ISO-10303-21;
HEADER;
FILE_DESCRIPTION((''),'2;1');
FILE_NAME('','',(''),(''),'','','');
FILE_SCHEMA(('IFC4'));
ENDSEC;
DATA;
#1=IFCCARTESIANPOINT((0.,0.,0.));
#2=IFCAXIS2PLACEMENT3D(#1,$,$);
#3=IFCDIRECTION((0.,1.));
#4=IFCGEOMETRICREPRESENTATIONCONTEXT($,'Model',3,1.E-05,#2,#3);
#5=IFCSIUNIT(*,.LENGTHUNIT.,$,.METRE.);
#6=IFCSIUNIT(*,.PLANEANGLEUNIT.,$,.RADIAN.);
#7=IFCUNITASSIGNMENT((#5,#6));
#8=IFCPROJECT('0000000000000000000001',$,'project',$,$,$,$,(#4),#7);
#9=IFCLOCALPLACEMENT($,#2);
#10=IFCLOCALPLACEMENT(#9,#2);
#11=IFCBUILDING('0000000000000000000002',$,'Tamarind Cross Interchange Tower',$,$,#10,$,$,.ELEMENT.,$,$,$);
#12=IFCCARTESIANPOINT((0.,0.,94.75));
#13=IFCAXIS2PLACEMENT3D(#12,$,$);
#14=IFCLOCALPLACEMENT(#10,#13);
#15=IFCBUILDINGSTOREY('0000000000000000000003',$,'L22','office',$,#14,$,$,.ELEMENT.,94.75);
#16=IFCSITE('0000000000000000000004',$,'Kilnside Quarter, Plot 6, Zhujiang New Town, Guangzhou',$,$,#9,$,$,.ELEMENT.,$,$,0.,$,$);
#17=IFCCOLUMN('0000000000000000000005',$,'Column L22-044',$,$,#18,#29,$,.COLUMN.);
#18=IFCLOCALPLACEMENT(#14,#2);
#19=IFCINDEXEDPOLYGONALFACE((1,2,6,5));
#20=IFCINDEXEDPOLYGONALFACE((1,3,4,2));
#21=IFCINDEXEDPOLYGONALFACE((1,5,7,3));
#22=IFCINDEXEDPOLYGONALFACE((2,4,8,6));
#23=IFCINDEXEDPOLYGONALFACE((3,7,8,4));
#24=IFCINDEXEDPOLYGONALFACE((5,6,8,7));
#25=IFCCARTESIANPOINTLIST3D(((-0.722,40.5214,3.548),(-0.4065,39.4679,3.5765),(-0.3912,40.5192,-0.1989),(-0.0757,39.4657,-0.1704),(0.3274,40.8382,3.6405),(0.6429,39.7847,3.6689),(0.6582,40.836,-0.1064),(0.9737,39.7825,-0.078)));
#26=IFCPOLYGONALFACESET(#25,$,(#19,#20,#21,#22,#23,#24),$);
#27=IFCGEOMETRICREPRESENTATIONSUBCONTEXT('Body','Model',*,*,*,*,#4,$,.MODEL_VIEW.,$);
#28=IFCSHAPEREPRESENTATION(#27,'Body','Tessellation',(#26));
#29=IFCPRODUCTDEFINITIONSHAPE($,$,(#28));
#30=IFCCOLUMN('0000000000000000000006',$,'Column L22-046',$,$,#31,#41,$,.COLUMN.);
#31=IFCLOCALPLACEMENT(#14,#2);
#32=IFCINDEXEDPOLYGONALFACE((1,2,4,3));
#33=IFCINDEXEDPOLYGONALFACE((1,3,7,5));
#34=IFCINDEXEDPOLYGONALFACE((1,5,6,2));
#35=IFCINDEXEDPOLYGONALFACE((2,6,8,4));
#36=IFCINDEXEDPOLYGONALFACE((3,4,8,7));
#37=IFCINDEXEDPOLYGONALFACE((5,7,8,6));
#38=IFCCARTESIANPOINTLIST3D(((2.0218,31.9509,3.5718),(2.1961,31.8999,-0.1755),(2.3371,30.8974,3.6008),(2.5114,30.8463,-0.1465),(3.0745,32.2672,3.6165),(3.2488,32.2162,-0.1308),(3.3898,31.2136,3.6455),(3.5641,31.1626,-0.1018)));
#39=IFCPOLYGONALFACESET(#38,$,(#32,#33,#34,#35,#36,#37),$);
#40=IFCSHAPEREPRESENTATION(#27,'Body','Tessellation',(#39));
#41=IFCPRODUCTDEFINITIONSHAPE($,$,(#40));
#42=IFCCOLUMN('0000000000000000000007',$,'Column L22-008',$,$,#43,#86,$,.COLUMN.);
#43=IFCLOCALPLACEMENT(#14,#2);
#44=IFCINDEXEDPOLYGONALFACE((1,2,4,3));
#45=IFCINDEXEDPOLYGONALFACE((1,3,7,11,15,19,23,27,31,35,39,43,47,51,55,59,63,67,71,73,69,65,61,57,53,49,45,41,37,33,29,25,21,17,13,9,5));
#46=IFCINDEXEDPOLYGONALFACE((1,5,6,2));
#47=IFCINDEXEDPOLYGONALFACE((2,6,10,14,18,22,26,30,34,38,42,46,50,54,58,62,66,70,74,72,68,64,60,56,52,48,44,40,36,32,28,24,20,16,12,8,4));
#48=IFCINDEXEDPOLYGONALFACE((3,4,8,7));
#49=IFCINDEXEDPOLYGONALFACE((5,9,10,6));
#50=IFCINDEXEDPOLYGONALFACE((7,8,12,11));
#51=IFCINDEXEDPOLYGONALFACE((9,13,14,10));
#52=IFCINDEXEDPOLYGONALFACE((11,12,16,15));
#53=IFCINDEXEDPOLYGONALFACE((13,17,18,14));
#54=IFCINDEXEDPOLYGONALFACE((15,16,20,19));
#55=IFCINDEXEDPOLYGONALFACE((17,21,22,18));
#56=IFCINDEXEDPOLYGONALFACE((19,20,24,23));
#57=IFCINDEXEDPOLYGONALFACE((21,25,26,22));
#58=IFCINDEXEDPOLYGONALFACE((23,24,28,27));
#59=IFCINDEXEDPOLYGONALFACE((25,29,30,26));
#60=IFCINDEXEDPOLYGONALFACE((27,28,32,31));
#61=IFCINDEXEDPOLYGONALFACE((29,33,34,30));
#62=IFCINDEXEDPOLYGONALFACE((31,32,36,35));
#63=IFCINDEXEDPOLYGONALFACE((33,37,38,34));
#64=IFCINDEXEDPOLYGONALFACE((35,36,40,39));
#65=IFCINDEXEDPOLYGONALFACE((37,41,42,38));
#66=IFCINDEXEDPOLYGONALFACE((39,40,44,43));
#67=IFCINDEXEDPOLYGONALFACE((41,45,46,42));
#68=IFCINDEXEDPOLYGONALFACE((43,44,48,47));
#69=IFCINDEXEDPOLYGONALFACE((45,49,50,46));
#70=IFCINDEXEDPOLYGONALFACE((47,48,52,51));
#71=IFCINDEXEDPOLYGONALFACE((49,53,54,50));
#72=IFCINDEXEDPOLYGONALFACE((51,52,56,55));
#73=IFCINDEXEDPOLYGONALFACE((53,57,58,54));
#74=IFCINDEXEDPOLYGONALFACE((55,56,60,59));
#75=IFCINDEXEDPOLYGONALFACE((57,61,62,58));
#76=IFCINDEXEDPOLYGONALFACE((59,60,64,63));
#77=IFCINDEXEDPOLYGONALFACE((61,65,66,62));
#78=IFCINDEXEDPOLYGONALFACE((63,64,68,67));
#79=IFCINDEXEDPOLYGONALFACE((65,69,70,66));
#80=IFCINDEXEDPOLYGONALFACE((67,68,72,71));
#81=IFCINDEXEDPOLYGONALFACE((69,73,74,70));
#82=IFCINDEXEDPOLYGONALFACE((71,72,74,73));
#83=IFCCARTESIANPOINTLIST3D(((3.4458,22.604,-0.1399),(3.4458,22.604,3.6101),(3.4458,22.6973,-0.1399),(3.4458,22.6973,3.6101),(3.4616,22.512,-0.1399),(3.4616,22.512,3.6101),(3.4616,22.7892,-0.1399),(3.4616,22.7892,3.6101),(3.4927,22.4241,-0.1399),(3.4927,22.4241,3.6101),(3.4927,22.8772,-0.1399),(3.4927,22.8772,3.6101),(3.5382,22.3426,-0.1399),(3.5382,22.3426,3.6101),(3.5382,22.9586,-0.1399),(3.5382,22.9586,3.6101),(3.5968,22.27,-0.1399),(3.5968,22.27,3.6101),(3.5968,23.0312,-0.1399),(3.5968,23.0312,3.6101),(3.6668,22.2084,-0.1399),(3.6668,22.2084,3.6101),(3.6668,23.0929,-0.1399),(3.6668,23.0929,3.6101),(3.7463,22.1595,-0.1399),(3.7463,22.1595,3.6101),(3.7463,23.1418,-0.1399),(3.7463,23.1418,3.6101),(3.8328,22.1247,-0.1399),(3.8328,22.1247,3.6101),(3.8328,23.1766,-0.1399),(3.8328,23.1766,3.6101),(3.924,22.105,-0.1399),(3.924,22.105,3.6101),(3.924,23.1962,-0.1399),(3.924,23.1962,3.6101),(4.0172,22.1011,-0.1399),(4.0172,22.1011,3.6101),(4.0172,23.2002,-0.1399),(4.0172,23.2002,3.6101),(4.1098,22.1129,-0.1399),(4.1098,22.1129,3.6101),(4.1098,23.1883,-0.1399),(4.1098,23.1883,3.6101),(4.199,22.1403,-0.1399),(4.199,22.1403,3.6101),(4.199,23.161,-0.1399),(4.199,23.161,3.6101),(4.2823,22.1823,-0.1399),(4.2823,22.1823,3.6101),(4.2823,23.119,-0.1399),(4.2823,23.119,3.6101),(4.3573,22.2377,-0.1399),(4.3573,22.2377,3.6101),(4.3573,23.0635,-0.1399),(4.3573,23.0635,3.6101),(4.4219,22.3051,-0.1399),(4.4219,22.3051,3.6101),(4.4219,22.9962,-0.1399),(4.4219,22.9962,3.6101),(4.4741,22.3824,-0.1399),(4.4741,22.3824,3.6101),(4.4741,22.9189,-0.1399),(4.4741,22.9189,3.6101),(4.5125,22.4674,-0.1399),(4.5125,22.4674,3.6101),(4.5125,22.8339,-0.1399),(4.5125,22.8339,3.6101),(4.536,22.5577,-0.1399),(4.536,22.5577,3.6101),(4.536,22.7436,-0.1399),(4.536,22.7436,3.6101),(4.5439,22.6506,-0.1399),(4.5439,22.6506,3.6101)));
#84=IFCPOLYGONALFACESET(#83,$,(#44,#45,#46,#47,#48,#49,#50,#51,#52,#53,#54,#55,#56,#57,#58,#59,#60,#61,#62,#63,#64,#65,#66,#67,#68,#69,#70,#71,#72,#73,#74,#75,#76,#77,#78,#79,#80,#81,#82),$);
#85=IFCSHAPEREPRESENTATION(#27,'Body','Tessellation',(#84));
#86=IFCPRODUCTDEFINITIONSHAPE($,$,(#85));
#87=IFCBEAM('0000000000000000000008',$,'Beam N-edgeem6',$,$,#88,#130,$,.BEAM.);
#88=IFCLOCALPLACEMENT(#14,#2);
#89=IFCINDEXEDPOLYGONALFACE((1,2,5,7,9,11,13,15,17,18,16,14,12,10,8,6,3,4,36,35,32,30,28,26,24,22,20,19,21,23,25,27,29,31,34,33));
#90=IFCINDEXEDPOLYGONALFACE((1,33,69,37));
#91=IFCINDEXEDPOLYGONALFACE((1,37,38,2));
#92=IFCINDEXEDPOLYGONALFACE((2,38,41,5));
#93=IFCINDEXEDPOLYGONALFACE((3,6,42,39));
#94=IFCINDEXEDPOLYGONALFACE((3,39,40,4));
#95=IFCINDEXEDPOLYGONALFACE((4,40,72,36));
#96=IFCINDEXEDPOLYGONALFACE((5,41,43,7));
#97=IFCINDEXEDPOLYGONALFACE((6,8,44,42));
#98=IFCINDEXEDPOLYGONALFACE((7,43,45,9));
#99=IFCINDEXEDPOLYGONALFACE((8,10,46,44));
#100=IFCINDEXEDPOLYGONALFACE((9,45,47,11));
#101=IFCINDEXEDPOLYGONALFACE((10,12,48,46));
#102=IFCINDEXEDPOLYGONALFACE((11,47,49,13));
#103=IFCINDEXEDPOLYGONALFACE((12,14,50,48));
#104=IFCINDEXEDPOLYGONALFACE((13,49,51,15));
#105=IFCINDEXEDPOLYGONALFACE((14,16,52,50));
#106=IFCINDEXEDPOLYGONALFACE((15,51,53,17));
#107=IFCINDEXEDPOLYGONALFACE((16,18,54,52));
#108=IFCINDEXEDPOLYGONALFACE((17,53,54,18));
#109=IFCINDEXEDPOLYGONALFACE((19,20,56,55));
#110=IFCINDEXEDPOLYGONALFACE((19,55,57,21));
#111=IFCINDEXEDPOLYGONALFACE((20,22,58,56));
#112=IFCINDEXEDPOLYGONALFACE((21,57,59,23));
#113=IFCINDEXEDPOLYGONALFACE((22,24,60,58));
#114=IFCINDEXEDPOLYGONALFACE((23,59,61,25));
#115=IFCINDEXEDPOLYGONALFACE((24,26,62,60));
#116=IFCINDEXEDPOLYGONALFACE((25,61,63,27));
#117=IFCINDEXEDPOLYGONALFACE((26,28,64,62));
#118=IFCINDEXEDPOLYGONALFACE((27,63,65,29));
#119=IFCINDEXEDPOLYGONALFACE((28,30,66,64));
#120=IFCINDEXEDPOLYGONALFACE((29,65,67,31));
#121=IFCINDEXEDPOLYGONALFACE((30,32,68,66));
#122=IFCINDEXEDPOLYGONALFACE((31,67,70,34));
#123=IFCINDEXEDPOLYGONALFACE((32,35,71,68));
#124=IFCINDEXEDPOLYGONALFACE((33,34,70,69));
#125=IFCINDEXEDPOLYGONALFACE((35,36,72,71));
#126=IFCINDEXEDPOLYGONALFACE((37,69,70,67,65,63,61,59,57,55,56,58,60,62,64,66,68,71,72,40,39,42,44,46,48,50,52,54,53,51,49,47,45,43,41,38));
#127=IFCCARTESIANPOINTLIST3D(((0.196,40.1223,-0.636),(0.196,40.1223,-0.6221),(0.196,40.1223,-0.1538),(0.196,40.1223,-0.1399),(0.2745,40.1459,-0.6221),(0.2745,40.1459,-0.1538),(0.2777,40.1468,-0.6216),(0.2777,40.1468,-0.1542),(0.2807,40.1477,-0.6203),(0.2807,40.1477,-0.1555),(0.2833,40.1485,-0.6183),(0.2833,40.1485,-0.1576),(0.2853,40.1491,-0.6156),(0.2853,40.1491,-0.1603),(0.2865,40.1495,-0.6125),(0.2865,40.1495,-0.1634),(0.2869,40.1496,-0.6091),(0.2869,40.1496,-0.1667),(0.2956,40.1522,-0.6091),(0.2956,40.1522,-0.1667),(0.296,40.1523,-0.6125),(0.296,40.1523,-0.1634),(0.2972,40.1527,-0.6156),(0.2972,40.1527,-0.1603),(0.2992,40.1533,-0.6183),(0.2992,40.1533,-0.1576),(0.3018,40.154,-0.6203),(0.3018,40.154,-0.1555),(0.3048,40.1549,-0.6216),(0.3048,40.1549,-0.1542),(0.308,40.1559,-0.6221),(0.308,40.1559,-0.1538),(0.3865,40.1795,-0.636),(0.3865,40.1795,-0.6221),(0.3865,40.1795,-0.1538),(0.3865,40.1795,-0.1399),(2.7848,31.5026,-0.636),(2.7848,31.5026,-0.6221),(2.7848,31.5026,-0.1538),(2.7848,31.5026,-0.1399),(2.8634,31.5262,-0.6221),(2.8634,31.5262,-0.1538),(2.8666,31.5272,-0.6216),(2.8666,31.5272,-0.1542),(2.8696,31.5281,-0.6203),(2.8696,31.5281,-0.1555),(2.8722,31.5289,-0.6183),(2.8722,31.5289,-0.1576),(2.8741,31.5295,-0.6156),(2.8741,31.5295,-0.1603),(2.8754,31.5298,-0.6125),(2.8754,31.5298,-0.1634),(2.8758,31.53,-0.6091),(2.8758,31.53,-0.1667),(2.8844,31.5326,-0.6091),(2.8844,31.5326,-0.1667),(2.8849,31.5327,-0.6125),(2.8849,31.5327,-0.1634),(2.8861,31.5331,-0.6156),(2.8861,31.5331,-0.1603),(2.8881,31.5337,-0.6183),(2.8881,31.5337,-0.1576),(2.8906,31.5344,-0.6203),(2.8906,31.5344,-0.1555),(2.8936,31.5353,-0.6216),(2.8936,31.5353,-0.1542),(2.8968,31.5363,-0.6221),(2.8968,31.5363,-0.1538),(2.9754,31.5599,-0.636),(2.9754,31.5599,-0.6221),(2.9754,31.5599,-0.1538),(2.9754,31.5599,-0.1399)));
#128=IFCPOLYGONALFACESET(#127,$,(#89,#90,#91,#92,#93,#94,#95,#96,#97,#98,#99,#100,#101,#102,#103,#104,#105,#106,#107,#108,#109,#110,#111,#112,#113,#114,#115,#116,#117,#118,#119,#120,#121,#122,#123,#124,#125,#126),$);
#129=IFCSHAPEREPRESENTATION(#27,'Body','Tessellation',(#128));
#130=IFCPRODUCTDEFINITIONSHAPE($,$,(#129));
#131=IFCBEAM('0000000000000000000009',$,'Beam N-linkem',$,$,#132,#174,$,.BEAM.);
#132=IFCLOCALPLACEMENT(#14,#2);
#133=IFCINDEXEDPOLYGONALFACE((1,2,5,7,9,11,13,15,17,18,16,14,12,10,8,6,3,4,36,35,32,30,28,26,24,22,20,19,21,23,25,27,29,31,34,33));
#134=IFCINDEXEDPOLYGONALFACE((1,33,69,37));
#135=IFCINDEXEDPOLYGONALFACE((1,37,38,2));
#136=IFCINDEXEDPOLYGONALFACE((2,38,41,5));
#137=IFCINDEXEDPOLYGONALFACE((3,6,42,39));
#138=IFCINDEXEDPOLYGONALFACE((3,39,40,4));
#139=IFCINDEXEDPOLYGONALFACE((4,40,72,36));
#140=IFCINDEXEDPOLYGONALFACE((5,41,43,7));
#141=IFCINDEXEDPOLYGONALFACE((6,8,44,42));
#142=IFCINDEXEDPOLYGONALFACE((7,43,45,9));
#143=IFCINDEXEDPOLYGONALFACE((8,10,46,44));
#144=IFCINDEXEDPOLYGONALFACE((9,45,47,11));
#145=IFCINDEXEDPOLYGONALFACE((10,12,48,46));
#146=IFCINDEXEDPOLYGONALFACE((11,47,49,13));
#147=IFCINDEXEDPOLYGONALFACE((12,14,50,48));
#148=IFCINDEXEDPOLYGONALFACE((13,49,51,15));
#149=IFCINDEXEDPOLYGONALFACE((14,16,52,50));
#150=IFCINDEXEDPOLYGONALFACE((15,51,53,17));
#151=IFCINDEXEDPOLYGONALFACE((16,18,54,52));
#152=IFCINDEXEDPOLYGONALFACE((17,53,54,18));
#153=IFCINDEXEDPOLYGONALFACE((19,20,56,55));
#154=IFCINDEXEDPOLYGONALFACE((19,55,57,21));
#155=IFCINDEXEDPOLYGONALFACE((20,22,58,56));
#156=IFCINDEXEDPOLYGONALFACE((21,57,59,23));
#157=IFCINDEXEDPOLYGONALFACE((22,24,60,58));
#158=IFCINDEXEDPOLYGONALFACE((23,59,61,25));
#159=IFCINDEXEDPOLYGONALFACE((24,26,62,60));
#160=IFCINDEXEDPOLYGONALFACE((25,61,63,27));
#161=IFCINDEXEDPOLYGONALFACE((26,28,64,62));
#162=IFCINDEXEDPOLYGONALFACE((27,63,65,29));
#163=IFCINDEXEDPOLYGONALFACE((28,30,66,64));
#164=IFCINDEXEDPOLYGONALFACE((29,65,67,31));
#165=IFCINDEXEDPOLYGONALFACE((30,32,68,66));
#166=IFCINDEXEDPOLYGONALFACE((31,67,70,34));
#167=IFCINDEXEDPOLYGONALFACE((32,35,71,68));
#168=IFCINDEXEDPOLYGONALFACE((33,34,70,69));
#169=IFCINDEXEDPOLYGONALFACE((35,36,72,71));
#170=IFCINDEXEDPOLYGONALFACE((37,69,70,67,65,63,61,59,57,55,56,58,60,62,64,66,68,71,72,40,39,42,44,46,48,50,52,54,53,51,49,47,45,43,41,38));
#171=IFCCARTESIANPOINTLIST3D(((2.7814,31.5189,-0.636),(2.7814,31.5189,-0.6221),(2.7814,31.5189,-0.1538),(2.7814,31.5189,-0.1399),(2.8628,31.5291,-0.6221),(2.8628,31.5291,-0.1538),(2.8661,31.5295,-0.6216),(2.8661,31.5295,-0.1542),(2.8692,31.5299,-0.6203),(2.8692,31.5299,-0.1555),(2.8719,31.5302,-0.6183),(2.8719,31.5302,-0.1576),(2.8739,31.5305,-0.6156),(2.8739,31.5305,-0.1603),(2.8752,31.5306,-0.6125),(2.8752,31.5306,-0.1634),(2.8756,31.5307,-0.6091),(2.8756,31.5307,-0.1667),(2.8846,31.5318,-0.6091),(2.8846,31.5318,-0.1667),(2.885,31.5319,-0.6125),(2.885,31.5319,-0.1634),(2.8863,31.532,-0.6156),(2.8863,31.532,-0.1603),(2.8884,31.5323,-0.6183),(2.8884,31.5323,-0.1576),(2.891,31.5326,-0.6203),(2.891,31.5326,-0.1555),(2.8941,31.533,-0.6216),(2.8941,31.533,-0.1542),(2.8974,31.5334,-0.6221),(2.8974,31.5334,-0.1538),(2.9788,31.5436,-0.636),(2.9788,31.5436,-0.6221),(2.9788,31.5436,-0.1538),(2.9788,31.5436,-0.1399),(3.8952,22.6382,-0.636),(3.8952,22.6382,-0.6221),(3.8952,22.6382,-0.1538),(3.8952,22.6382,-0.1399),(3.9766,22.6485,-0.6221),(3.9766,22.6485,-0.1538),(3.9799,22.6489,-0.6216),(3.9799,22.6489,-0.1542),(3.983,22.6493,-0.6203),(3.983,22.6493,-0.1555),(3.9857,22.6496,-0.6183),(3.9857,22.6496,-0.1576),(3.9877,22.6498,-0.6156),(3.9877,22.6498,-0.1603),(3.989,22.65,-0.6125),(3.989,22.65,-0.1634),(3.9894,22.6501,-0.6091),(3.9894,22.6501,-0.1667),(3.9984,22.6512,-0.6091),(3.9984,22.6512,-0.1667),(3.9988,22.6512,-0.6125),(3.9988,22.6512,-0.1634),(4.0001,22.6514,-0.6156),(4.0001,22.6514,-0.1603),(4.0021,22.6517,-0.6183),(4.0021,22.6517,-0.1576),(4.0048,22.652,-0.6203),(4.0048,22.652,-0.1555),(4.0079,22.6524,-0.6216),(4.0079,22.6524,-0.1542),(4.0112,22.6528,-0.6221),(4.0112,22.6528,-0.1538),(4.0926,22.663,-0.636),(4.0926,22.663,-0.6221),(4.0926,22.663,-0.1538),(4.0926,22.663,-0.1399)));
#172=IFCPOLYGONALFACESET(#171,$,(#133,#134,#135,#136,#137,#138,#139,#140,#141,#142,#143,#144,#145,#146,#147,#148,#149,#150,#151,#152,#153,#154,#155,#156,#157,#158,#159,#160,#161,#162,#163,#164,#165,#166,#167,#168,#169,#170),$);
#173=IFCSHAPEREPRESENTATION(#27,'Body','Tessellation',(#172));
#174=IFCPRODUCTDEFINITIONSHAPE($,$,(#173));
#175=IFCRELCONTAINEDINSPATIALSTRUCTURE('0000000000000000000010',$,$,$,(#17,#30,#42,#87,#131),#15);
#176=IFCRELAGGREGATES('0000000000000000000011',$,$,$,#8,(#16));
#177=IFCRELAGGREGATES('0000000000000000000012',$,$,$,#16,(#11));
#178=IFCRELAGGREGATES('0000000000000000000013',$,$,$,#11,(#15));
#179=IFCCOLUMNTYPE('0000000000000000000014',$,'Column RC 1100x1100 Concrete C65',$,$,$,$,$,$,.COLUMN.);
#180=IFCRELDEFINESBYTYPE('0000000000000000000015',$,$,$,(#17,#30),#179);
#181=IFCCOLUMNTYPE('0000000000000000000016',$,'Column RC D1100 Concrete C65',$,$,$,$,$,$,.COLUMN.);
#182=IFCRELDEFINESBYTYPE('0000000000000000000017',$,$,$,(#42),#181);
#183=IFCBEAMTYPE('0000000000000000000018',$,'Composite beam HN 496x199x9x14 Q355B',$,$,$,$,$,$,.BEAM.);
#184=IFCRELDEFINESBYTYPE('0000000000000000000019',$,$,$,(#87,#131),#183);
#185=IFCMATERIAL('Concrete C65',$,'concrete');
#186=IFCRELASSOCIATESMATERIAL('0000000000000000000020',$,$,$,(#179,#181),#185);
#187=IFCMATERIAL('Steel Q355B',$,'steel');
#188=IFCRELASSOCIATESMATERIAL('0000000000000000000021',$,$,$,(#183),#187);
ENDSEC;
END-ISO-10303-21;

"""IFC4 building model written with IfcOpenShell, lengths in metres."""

from ifc_helpers import new_model, si_unit, direction, frame, origin, origin_2d, place, context, subcontext, project, spatial, rectangle, circle, i_section, extrude, material, material_profile, profile_set, type_object, element, save


model = new_model("IFC4")

# Units and contexts
model_context = context("Model", 3, precision=1e-05, world=origin(), true_north=direction((0.0, 1.0)))
body_context = subcontext(model_context, "Body", "Model", "MODEL_VIEW")
ifc_project = project(units=[si_unit("LENGTHUNIT", "METRE"), si_unit("PLANEANGLEUNIT", "RADIAN")], contexts=[model_context])

# Site, building, storey
site_placement = place(None, origin())
site = spatial("IfcSite", under=ifc_project, at=site_placement, Name="Kilnside Quarter, Plot 6, Zhujiang New Town, Guangzhou", CompositionType="ELEMENT", RefElevation=0.0)
building_placement = place(site_placement, origin())
building = spatial("IfcBuilding", under=site, at=building_placement, Name="Tamarind Cross Interchange Tower", CompositionType="ELEMENT")
storey_placement = place(building_placement, frame((0.0, 0.0, 94.75)))
storey = spatial("IfcBuildingStorey", under=building, at=storey_placement, Name="L22", Description="office", CompositionType="ELEMENT", Elevation=94.75)

# Columns
ifc_material_1 = material(Name="Concrete C65", Category="concrete")
ifc_material_profile_1 = material_profile(ifc_material_1, rectangle(XDim=1.1001, YDim=1.1001, at=origin_2d()), Name="RC 1100x1100")
ifc_profile_set_1 = profile_set([ifc_material_profile_1], Name="Concrete C65")
column_type_1 = type_object("IfcColumnType", Name="Column RC 1100x1100 Concrete C65", PredefinedType="COLUMN", material=ifc_profile_set_1)
column_1_placement = place(storey_placement, frame((0.2913, 40.1509, -0.1384), z_axis=(-0.087949, 0.000584, 0.996125), x_axis=(0.28678, -0.957647, 0.025882)))
element("IfcColumn", 1, at=column_1_placement, inside=storey, type_object=column_type_1, Name="Column L22-044", PredefinedType="COLUMN", context=body_context, shape_type="SweptSolid", body=[
    extrude(rectangle(XDim=1.1001, YDim=1.1001, at=origin_2d()), origin(), (0.0, 0.0, 1.0), 3.7615),
])
column_2_placement = place(storey_placement, frame((2.8801, 31.5312, -0.1387), z_axis=(-0.046463, 0.013601, 0.998827), x_axis=(0.286621, -0.957681, 0.026373)))
element("IfcColumn", 2, at=column_2_placement, inside=storey, type_object=column_type_1, Name="Column L22-046", PredefinedType="COLUMN", context=body_context, shape_type="SweptSolid", body=[
    extrude(rectangle(XDim=1.1001, YDim=1.1001, at=origin_2d()), origin(), (0.0, 0.0, 1.0), 3.7517),
])
ifc_material_profile_2 = material_profile(ifc_material_1, circle(Radius=0.55, at=origin_2d()), Name="RC D1100")
ifc_profile_set_2 = profile_set([ifc_material_profile_2], Name="Concrete C65")
column_type_2 = type_object("IfcColumnType", Name="Column RC D1100 Concrete C65", PredefinedType="COLUMN", material=ifc_profile_set_2)
column_3_placement = place(storey_placement, frame((3.9939, 22.6506, -0.1399), z_axis=(0.0, 0.0, 1.0), x_axis=(1.0, 0.0, 0.0)))
element("IfcColumn", 3, at=column_3_placement, inside=storey, type_object=column_type_2, Name="Column L22-008", PredefinedType="COLUMN", context=body_context, shape_type="SweptSolid", body=[
    extrude(circle(Radius=0.55, at=origin_2d()), origin(), (0.0, 0.0, 1.0), 3.75),
])

# Beams
ifc_material_2 = material(Name="Steel Q355B", Category="steel")
ifc_material_profile_3 = material_profile(ifc_material_2, i_section(OverallWidth=0.199, OverallDepth=0.4961, WebThickness=0.009, FlangeThickness=0.0139, FilletRadius=0.0129, at=origin_2d()), Name="HN 496x199x9x14")
ifc_profile_set_3 = profile_set([ifc_material_profile_3], Name="Steel Q355B")
beam_type_1 = type_object("IfcBeamType", Name="Composite beam HN 496x199x9x14 Q355B", PredefinedType="BEAM", material=ifc_profile_set_3)
beam_1_placement = place(storey_placement, frame((0.2913, 40.1509, -0.3879), z_axis=(0.287651, -0.957735, 0.0), x_axis=(0.957735, 0.287651, 0.0)))
element("IfcBeam", 4, at=beam_1_placement, inside=storey, type_object=beam_type_1, Name="Beam N-edgeem6", PredefinedType="BEAM", context=body_context, shape_type="SweptSolid", body=[
    extrude(i_section(OverallWidth=0.199, OverallDepth=0.4961, WebThickness=0.009, FlangeThickness=0.0139, FilletRadius=0.0129, at=origin_2d()), origin(), (0.0, 0.0, 1.0), 9.0),
])
beam_2_placement = place(storey_placement, frame((2.8801, 31.5312, -0.3879), z_axis=(0.124441, -0.992227, 0.0), x_axis=(0.992227, 0.124441, 0.0)))
element("IfcBeam", 5, at=beam_2_placement, inside=storey, type_object=beam_type_1, Name="Beam N-linkem", PredefinedType="BEAM", context=body_context, shape_type="SweptSolid", body=[
    extrude(i_section(OverallWidth=0.199, OverallDepth=0.4961, WebThickness=0.009, FlangeThickness=0.0139, FilletRadius=0.0129, at=origin_2d()), origin(), (0.0, 0.0, 1.0), 8.9502),
])

save(model, "model.ifc")
